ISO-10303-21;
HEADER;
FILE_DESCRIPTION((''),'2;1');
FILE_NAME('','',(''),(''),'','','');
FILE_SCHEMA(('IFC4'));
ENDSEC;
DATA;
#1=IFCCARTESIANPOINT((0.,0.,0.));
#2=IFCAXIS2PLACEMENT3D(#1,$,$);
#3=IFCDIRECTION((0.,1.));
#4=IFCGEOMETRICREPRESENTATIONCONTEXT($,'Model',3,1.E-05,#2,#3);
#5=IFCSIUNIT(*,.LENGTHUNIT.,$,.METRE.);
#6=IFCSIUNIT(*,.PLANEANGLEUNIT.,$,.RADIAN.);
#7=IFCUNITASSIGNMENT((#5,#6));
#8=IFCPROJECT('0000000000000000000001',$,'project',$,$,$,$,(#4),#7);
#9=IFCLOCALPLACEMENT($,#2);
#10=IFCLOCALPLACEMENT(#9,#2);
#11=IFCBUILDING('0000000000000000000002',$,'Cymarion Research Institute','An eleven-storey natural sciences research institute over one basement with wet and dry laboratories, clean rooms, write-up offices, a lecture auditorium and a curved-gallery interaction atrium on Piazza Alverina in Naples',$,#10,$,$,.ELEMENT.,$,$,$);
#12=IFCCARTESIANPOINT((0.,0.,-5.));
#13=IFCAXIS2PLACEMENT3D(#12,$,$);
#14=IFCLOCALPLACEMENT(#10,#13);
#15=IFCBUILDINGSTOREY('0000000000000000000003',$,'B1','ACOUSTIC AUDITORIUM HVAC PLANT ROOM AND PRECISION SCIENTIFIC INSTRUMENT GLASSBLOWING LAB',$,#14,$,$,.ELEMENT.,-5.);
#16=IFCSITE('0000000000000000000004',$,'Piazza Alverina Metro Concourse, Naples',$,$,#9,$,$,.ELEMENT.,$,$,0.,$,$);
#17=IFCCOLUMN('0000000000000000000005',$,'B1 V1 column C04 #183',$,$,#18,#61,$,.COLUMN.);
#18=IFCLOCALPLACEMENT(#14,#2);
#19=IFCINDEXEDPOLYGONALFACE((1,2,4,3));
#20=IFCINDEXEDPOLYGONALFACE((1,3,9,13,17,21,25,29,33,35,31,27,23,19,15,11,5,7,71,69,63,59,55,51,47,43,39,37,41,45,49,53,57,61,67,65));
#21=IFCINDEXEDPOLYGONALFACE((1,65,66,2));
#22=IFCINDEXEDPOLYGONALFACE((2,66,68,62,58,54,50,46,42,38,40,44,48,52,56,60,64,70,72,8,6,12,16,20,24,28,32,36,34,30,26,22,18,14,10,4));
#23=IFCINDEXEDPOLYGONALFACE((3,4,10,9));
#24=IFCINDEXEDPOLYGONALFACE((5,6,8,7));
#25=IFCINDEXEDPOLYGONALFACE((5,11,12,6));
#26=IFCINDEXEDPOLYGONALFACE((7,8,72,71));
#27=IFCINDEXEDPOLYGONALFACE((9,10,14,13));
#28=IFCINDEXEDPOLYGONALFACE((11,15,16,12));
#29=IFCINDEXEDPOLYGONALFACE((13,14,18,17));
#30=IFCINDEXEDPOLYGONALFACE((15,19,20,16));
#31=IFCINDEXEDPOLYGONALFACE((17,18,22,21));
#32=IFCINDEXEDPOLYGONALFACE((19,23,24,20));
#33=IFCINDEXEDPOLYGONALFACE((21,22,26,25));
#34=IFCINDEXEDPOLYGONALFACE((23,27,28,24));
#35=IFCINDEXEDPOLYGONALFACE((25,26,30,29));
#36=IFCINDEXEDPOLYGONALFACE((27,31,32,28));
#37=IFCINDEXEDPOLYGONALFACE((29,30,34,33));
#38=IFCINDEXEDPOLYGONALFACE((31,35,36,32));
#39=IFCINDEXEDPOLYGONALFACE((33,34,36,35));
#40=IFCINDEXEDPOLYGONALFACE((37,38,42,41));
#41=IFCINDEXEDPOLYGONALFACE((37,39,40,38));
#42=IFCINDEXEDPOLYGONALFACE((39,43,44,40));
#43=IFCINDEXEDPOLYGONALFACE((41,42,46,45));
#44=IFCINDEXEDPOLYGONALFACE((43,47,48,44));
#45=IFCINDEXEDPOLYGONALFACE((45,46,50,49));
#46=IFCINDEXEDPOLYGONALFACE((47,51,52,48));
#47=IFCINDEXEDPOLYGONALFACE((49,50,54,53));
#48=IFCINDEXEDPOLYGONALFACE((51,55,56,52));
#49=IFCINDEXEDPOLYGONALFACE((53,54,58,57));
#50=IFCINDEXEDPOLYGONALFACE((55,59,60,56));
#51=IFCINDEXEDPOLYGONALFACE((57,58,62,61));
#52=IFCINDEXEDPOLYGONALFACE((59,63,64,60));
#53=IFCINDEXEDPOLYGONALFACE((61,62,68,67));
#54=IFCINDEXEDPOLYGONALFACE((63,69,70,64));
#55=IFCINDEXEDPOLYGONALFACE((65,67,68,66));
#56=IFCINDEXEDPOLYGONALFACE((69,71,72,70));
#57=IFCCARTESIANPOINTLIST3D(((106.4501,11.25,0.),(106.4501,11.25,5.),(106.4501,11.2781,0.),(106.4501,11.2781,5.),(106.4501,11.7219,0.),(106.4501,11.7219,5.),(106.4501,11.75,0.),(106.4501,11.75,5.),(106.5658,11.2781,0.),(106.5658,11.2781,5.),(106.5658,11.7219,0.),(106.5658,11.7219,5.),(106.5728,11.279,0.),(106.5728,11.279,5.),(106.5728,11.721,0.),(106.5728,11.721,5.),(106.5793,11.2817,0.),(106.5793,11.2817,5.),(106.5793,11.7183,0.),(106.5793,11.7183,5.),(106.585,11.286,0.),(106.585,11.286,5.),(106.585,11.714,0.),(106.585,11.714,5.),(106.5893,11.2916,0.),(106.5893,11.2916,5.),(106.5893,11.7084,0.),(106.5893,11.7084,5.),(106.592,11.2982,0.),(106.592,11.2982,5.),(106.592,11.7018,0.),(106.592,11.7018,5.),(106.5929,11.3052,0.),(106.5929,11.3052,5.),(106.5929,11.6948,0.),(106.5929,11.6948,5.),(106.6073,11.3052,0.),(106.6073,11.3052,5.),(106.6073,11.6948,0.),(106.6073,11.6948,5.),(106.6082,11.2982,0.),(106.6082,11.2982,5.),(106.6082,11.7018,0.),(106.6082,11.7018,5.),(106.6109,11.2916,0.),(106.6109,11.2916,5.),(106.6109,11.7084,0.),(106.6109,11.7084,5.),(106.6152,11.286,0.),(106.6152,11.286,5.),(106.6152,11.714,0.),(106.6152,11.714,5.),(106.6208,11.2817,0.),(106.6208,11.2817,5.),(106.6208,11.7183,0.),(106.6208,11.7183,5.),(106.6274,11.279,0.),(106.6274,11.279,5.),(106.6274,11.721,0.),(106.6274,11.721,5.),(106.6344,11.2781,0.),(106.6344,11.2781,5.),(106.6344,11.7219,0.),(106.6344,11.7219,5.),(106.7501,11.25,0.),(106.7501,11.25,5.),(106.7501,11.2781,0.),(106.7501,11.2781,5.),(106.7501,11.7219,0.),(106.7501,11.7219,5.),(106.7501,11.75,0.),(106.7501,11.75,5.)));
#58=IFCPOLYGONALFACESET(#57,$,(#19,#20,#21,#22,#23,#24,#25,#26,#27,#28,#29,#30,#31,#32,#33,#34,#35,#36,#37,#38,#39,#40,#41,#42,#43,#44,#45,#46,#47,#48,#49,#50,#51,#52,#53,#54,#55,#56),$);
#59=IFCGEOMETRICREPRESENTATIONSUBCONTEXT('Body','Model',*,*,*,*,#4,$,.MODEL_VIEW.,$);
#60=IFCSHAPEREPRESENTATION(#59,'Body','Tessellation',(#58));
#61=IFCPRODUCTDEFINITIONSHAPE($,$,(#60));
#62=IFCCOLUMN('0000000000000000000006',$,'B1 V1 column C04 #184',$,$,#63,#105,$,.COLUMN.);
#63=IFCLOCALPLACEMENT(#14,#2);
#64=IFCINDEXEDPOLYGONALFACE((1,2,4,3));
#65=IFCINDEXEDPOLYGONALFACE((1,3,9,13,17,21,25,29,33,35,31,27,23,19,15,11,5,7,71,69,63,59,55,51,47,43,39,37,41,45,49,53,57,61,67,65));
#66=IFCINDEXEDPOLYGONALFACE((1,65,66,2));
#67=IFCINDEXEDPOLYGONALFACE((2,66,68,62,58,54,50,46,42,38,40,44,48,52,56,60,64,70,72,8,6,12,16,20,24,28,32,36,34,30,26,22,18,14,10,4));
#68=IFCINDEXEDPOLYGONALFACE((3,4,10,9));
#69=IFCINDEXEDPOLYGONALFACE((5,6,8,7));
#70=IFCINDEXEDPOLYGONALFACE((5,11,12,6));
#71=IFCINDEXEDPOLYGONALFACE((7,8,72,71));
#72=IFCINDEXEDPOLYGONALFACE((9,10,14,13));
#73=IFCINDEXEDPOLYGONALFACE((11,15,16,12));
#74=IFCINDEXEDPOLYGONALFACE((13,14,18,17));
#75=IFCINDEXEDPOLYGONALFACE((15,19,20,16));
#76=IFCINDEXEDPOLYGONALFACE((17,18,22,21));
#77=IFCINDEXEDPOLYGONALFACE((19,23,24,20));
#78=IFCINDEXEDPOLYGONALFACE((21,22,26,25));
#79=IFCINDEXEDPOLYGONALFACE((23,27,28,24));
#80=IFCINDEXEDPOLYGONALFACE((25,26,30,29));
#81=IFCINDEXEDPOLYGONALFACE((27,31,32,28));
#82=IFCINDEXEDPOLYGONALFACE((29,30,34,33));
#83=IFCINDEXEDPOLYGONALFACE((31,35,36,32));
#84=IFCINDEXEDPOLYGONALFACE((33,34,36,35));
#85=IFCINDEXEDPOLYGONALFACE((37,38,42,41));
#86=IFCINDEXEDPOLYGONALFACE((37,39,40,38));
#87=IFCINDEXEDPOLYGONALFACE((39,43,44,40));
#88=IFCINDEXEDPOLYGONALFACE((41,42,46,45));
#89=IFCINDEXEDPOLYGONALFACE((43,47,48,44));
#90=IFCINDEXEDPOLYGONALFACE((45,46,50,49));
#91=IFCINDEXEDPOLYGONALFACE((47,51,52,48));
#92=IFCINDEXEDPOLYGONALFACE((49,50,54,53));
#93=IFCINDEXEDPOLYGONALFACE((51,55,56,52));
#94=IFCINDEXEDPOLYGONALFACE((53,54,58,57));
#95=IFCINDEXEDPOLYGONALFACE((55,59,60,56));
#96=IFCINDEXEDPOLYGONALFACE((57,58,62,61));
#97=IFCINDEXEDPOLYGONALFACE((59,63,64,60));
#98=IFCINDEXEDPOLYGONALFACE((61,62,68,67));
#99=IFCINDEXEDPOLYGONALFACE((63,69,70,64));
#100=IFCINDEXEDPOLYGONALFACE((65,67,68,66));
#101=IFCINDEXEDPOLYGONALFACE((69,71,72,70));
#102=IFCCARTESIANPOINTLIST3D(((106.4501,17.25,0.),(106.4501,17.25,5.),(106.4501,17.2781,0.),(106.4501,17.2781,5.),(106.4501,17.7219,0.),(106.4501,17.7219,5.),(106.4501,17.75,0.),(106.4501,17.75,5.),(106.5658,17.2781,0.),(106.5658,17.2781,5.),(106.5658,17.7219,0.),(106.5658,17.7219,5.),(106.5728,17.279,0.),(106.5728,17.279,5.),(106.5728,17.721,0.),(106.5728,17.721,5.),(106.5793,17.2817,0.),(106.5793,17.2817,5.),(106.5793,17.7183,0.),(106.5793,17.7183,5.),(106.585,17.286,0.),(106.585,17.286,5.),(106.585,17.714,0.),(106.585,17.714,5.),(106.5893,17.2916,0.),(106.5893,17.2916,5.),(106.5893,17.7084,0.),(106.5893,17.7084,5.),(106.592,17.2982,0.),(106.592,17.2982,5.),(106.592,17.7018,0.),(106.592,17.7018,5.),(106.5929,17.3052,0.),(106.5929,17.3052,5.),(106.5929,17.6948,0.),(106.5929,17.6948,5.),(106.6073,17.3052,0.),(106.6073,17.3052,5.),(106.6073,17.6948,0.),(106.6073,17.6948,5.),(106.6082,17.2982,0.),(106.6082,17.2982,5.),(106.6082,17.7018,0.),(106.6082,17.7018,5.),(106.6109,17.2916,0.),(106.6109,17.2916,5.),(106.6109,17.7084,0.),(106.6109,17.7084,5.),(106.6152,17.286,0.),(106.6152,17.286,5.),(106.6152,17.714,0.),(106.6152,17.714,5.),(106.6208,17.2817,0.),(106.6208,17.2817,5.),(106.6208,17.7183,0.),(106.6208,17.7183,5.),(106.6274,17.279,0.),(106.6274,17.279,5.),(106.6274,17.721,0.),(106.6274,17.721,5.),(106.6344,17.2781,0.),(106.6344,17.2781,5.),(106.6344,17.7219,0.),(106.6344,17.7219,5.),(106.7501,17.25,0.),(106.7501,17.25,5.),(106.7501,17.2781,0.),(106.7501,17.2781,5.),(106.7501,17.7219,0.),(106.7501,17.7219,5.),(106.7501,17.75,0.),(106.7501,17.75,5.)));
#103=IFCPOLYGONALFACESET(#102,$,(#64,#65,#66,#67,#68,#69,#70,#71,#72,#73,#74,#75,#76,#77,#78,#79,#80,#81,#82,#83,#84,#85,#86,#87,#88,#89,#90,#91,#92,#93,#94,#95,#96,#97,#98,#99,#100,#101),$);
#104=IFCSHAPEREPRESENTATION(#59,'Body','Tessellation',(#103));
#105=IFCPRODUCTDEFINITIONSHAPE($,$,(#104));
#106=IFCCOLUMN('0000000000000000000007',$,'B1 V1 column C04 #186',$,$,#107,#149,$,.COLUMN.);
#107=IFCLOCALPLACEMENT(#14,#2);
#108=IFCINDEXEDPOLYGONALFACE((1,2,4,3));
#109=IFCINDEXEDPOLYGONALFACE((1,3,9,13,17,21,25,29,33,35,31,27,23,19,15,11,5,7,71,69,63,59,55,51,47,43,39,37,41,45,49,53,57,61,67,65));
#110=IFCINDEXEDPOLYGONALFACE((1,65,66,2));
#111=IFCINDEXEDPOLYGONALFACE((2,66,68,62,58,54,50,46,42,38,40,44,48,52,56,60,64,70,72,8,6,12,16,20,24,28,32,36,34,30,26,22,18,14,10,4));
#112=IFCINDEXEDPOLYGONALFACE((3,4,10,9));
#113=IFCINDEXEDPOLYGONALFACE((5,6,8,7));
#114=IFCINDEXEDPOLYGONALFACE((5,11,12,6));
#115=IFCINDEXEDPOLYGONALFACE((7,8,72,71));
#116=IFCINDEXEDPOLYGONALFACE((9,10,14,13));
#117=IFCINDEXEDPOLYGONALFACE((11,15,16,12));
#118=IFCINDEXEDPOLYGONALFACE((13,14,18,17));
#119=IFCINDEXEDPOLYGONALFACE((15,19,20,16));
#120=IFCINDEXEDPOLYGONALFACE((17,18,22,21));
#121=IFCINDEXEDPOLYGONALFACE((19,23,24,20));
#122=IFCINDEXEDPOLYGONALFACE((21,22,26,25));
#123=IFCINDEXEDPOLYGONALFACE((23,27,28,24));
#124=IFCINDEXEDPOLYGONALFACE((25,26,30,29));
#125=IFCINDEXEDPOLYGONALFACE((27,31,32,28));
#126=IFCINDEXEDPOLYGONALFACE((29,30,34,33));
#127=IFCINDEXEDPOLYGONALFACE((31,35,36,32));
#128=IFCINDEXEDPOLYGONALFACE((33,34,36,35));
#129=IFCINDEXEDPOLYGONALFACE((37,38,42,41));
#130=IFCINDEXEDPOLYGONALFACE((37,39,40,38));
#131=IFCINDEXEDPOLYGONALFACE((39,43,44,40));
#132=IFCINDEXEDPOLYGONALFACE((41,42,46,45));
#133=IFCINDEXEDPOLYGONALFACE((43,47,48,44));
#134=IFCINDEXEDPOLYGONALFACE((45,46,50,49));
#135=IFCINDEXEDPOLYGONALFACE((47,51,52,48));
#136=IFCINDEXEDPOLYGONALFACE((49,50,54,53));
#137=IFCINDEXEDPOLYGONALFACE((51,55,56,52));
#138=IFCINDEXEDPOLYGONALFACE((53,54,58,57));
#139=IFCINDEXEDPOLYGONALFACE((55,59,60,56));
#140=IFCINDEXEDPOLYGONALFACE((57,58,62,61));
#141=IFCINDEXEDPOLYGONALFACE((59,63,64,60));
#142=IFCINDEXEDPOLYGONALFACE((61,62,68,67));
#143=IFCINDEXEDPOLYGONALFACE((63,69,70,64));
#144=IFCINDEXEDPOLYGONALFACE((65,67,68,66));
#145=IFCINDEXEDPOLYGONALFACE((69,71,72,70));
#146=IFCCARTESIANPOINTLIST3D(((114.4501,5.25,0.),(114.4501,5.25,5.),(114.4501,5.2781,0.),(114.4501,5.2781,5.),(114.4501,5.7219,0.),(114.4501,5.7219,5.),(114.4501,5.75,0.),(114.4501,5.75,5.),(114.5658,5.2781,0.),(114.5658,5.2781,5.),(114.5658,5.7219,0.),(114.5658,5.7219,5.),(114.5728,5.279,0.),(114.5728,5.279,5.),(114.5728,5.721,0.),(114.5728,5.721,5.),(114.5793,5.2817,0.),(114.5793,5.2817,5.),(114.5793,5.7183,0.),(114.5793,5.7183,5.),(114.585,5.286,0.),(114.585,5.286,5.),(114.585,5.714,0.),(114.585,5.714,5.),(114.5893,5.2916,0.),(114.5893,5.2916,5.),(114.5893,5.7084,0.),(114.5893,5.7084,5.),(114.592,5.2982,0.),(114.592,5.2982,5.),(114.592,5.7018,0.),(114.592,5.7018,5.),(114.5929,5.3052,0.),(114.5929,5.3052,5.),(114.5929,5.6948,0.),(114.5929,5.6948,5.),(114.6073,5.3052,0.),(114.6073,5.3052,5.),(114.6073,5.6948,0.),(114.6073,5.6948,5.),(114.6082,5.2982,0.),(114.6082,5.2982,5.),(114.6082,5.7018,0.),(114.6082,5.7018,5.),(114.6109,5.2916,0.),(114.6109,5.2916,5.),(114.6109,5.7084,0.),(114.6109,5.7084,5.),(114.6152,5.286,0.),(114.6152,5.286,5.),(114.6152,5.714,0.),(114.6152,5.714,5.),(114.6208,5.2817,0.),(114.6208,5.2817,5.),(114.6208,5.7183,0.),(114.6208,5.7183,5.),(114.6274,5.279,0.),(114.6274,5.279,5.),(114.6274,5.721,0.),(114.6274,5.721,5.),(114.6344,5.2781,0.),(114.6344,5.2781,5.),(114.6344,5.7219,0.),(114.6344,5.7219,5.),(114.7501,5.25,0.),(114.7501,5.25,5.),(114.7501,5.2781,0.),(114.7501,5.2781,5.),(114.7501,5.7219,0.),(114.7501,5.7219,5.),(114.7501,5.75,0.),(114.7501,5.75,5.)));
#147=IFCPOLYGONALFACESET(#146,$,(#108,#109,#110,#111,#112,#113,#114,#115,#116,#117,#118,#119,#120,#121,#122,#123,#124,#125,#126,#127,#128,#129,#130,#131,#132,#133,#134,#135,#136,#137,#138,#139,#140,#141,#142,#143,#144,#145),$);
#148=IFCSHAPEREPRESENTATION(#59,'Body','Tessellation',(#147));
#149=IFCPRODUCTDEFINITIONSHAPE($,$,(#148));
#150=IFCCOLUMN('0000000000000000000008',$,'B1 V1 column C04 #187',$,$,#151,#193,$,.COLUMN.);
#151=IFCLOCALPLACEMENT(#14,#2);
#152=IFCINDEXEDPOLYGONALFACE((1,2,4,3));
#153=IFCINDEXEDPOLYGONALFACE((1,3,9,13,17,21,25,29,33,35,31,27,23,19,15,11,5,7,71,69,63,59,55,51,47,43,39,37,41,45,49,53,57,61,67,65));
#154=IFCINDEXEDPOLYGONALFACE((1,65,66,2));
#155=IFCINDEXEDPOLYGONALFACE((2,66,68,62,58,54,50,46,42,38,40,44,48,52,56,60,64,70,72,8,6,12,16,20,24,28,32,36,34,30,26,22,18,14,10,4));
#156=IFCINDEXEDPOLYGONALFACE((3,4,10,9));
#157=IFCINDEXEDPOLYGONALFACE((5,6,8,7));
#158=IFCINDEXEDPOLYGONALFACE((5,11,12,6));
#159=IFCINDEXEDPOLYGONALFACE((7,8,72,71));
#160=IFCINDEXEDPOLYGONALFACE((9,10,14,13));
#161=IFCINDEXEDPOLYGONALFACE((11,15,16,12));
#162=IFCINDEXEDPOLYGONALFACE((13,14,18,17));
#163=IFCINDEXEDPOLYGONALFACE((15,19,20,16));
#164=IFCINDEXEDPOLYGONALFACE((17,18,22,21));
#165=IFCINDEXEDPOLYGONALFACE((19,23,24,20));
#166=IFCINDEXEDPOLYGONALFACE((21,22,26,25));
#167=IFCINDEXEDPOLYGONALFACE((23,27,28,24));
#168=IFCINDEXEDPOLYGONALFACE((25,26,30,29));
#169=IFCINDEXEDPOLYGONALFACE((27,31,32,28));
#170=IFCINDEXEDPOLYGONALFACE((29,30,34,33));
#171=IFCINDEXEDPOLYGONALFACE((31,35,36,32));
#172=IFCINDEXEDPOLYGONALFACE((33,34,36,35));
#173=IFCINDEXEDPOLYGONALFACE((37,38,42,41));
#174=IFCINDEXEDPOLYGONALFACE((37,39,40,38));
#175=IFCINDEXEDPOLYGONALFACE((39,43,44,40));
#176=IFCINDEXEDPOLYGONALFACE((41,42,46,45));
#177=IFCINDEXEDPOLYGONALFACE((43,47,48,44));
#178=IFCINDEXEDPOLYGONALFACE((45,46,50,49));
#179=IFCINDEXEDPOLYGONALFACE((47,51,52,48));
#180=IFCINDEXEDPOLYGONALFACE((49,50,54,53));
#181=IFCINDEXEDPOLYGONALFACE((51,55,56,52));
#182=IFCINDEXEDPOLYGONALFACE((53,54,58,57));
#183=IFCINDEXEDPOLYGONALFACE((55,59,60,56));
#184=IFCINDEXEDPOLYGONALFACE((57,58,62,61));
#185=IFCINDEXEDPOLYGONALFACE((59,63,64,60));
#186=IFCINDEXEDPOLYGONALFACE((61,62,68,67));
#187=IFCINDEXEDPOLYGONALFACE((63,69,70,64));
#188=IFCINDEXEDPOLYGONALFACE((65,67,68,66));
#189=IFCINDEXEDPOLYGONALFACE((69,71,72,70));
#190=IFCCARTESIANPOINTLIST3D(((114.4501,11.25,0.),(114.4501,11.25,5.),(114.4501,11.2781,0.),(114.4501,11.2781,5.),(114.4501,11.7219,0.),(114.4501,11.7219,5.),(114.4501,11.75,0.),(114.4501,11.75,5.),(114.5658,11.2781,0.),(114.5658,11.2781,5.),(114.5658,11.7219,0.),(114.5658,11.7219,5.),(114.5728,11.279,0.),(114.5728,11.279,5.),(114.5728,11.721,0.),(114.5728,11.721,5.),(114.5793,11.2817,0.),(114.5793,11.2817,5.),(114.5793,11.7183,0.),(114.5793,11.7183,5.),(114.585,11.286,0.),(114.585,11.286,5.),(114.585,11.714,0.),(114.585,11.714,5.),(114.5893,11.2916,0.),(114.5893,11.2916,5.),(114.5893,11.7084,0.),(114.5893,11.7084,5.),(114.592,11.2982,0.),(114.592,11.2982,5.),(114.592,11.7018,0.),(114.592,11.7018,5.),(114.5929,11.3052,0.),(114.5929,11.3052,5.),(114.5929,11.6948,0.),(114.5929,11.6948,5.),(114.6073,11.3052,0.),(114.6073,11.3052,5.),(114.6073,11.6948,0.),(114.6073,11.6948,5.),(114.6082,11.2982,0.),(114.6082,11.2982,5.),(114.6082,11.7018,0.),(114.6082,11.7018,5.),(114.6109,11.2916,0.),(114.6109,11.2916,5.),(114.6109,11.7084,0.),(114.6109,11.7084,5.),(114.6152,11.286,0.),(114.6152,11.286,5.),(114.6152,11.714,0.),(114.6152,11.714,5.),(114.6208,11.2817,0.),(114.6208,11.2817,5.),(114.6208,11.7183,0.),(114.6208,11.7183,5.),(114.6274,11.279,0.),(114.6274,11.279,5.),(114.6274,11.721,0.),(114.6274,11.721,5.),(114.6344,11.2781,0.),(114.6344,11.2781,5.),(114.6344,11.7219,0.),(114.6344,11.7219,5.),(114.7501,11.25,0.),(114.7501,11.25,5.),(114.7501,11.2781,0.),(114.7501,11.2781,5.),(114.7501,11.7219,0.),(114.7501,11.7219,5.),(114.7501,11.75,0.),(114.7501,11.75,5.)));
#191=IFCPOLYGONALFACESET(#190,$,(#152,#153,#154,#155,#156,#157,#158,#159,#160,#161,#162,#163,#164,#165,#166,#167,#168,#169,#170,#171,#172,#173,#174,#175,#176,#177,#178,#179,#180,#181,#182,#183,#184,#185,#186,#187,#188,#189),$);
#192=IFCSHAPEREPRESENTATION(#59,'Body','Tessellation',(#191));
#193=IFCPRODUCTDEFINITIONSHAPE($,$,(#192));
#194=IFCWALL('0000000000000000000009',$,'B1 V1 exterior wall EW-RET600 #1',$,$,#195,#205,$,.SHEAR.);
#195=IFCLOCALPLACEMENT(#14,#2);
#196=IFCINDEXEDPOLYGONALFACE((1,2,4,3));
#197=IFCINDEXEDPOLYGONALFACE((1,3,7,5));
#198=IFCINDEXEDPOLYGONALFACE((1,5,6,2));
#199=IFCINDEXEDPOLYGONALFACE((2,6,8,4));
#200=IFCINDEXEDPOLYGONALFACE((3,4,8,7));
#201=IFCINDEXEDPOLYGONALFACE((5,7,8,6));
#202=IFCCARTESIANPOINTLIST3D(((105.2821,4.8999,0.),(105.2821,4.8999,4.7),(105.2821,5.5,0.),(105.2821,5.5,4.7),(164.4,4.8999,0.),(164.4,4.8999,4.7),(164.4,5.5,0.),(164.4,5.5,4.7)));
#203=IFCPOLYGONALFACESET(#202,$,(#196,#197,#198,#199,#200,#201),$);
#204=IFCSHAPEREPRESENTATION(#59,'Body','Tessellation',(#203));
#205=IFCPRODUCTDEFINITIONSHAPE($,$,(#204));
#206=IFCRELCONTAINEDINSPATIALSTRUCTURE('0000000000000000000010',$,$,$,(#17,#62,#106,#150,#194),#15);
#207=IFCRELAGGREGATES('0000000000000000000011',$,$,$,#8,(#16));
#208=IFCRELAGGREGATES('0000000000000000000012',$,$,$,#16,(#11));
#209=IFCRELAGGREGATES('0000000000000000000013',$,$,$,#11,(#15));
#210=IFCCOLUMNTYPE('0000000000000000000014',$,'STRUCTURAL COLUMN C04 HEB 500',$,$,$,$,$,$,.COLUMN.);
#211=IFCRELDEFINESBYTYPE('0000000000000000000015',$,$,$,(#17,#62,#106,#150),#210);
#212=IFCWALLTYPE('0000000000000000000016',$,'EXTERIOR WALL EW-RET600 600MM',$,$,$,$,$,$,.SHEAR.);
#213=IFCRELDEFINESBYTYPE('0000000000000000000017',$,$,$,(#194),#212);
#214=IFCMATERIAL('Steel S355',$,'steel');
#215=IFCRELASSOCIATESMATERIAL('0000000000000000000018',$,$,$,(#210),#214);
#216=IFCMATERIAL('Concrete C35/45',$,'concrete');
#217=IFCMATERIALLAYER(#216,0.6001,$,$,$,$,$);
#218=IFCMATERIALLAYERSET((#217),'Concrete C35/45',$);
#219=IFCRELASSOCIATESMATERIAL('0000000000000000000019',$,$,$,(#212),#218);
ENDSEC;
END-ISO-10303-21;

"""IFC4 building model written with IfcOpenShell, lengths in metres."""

from ifc_helpers import new_model, si_unit, direction, frame, frame_2d, origin, origin_2d, place, context, subcontext, project, spatial, rectangle, i_section, extrude, material, layer, layer_set, material_profile, profile_set, type_object, element, save


model = new_model("IFC4")

# Units and contexts
model_context = context("Model", 3, precision=1e-05, world=origin(), true_north=direction((0.0, 1.0)))
body_context = subcontext(model_context, "Body", "Model", "MODEL_VIEW")
ifc_project = project(units=[si_unit("LENGTHUNIT", "METRE"), si_unit("PLANEANGLEUNIT", "RADIAN")], contexts=[model_context])

# Site, building, storey
site_placement = place(None, origin())
site = spatial("IfcSite", under=ifc_project, at=site_placement, Name="Piazza Alverina Metro Concourse, Naples", CompositionType="ELEMENT", RefElevation=0.0)
building_placement = place(site_placement, origin())
building = spatial("IfcBuilding", under=site, at=building_placement, Name="Cymarion Research Institute", Description="An eleven-storey natural sciences research institute over one basement with wet and dry laboratories, clean rooms, write-up offices, a lecture auditorium and a curved-gallery interaction atrium on Piazza Alverina in Naples", CompositionType="ELEMENT")
storey_placement = place(building_placement, frame((0.0, 0.0, -5.0)))
storey = spatial("IfcBuildingStorey", under=building, at=storey_placement, Name="B1", Description="ACOUSTIC AUDITORIUM HVAC PLANT ROOM AND PRECISION SCIENTIFIC INSTRUMENT GLASSBLOWING LAB", CompositionType="ELEMENT", Elevation=-5.0)

# Shared definitions
ifc_material_1 = material(Name="Concrete C35/45", Category="concrete")

# Columns
ifc_material_2 = material(Name="Steel S355", Category="steel")
ifc_material_profile_1 = material_profile(ifc_material_2, i_section(OverallWidth=0.3, OverallDepth=0.5, WebThickness=0.0144, FlangeThickness=0.0281, FilletRadius=0.0271, at=origin_2d()), Name="HEB 500")
ifc_profile_set_1 = profile_set([ifc_material_profile_1], Name="Steel S355")
column_type = type_object("IfcColumnType", Name="STRUCTURAL COLUMN C04 HEB 500", PredefinedType="COLUMN", material=ifc_profile_set_1)
for number, where, z_axis, x_axis, name in (
    (1, (106.6001, 11.5, 0.0), (0.0, 0.0, 1.0), (1.0, 0.0, 0.0), "B1 V1 column C04 #183"),
    (2, (106.6001, 17.5, 0.0), (0.0, 0.0, 1.0), (1.0, 0.0, 0.0), "B1 V1 column C04 #184"),
    (3, (114.6001, 5.5, 0.0), (0.0, 0.0, 1.0), (1.0, 0.0, 0.0), "B1 V1 column C04 #186"),
    (4, (114.6001, 11.5, 0.0), (0.0, 0.0, 1.0), (1.0, 0.0, 0.0), "B1 V1 column C04 #187"),
):
    element("IfcColumn", number, at=place(storey_placement, frame(where, z_axis=z_axis, x_axis=x_axis)), inside=storey, type_object=column_type, Name=name, PredefinedType="COLUMN", context=body_context, shape_type="SweptSolid", body=[
        extrude(i_section(OverallWidth=0.3, OverallDepth=0.5, WebThickness=0.0144, FlangeThickness=0.0281, FilletRadius=0.0271, at=origin_2d()), origin(), (0.0, 0.0, 1.0), 5.0),
    ])

# Wall
ifc_layer_1 = layer(ifc_material_1, 0.6001)
ifc_layer_set_1 = layer_set([ifc_layer_1], Name="Concrete C35/45")
wall_type_1 = type_object("IfcWallType", Name="EXTERIOR WALL EW-RET600 600MM", PredefinedType="SHEAR", material=ifc_layer_set_1)
wall_1_placement = place(storey_placement, frame((105.282, 5.2, 0.0), z_axis=(0.0, 0.0, 1.0), x_axis=(1.0, 0.0, 0.0)))
element("IfcWall", 5, at=wall_1_placement, inside=storey, type_object=wall_type_1, Name="B1 V1 exterior wall EW-RET600 #1", PredefinedType="SHEAR", context=body_context, shape_type="SweptSolid", body=[
    extrude(rectangle(XDim=59.1179, YDim=0.6001, at=frame_2d((29.5591, 0.0))), origin(), (0.0, 0.0, 1.0), 4.7),
])

save(model, "model.ifc")
